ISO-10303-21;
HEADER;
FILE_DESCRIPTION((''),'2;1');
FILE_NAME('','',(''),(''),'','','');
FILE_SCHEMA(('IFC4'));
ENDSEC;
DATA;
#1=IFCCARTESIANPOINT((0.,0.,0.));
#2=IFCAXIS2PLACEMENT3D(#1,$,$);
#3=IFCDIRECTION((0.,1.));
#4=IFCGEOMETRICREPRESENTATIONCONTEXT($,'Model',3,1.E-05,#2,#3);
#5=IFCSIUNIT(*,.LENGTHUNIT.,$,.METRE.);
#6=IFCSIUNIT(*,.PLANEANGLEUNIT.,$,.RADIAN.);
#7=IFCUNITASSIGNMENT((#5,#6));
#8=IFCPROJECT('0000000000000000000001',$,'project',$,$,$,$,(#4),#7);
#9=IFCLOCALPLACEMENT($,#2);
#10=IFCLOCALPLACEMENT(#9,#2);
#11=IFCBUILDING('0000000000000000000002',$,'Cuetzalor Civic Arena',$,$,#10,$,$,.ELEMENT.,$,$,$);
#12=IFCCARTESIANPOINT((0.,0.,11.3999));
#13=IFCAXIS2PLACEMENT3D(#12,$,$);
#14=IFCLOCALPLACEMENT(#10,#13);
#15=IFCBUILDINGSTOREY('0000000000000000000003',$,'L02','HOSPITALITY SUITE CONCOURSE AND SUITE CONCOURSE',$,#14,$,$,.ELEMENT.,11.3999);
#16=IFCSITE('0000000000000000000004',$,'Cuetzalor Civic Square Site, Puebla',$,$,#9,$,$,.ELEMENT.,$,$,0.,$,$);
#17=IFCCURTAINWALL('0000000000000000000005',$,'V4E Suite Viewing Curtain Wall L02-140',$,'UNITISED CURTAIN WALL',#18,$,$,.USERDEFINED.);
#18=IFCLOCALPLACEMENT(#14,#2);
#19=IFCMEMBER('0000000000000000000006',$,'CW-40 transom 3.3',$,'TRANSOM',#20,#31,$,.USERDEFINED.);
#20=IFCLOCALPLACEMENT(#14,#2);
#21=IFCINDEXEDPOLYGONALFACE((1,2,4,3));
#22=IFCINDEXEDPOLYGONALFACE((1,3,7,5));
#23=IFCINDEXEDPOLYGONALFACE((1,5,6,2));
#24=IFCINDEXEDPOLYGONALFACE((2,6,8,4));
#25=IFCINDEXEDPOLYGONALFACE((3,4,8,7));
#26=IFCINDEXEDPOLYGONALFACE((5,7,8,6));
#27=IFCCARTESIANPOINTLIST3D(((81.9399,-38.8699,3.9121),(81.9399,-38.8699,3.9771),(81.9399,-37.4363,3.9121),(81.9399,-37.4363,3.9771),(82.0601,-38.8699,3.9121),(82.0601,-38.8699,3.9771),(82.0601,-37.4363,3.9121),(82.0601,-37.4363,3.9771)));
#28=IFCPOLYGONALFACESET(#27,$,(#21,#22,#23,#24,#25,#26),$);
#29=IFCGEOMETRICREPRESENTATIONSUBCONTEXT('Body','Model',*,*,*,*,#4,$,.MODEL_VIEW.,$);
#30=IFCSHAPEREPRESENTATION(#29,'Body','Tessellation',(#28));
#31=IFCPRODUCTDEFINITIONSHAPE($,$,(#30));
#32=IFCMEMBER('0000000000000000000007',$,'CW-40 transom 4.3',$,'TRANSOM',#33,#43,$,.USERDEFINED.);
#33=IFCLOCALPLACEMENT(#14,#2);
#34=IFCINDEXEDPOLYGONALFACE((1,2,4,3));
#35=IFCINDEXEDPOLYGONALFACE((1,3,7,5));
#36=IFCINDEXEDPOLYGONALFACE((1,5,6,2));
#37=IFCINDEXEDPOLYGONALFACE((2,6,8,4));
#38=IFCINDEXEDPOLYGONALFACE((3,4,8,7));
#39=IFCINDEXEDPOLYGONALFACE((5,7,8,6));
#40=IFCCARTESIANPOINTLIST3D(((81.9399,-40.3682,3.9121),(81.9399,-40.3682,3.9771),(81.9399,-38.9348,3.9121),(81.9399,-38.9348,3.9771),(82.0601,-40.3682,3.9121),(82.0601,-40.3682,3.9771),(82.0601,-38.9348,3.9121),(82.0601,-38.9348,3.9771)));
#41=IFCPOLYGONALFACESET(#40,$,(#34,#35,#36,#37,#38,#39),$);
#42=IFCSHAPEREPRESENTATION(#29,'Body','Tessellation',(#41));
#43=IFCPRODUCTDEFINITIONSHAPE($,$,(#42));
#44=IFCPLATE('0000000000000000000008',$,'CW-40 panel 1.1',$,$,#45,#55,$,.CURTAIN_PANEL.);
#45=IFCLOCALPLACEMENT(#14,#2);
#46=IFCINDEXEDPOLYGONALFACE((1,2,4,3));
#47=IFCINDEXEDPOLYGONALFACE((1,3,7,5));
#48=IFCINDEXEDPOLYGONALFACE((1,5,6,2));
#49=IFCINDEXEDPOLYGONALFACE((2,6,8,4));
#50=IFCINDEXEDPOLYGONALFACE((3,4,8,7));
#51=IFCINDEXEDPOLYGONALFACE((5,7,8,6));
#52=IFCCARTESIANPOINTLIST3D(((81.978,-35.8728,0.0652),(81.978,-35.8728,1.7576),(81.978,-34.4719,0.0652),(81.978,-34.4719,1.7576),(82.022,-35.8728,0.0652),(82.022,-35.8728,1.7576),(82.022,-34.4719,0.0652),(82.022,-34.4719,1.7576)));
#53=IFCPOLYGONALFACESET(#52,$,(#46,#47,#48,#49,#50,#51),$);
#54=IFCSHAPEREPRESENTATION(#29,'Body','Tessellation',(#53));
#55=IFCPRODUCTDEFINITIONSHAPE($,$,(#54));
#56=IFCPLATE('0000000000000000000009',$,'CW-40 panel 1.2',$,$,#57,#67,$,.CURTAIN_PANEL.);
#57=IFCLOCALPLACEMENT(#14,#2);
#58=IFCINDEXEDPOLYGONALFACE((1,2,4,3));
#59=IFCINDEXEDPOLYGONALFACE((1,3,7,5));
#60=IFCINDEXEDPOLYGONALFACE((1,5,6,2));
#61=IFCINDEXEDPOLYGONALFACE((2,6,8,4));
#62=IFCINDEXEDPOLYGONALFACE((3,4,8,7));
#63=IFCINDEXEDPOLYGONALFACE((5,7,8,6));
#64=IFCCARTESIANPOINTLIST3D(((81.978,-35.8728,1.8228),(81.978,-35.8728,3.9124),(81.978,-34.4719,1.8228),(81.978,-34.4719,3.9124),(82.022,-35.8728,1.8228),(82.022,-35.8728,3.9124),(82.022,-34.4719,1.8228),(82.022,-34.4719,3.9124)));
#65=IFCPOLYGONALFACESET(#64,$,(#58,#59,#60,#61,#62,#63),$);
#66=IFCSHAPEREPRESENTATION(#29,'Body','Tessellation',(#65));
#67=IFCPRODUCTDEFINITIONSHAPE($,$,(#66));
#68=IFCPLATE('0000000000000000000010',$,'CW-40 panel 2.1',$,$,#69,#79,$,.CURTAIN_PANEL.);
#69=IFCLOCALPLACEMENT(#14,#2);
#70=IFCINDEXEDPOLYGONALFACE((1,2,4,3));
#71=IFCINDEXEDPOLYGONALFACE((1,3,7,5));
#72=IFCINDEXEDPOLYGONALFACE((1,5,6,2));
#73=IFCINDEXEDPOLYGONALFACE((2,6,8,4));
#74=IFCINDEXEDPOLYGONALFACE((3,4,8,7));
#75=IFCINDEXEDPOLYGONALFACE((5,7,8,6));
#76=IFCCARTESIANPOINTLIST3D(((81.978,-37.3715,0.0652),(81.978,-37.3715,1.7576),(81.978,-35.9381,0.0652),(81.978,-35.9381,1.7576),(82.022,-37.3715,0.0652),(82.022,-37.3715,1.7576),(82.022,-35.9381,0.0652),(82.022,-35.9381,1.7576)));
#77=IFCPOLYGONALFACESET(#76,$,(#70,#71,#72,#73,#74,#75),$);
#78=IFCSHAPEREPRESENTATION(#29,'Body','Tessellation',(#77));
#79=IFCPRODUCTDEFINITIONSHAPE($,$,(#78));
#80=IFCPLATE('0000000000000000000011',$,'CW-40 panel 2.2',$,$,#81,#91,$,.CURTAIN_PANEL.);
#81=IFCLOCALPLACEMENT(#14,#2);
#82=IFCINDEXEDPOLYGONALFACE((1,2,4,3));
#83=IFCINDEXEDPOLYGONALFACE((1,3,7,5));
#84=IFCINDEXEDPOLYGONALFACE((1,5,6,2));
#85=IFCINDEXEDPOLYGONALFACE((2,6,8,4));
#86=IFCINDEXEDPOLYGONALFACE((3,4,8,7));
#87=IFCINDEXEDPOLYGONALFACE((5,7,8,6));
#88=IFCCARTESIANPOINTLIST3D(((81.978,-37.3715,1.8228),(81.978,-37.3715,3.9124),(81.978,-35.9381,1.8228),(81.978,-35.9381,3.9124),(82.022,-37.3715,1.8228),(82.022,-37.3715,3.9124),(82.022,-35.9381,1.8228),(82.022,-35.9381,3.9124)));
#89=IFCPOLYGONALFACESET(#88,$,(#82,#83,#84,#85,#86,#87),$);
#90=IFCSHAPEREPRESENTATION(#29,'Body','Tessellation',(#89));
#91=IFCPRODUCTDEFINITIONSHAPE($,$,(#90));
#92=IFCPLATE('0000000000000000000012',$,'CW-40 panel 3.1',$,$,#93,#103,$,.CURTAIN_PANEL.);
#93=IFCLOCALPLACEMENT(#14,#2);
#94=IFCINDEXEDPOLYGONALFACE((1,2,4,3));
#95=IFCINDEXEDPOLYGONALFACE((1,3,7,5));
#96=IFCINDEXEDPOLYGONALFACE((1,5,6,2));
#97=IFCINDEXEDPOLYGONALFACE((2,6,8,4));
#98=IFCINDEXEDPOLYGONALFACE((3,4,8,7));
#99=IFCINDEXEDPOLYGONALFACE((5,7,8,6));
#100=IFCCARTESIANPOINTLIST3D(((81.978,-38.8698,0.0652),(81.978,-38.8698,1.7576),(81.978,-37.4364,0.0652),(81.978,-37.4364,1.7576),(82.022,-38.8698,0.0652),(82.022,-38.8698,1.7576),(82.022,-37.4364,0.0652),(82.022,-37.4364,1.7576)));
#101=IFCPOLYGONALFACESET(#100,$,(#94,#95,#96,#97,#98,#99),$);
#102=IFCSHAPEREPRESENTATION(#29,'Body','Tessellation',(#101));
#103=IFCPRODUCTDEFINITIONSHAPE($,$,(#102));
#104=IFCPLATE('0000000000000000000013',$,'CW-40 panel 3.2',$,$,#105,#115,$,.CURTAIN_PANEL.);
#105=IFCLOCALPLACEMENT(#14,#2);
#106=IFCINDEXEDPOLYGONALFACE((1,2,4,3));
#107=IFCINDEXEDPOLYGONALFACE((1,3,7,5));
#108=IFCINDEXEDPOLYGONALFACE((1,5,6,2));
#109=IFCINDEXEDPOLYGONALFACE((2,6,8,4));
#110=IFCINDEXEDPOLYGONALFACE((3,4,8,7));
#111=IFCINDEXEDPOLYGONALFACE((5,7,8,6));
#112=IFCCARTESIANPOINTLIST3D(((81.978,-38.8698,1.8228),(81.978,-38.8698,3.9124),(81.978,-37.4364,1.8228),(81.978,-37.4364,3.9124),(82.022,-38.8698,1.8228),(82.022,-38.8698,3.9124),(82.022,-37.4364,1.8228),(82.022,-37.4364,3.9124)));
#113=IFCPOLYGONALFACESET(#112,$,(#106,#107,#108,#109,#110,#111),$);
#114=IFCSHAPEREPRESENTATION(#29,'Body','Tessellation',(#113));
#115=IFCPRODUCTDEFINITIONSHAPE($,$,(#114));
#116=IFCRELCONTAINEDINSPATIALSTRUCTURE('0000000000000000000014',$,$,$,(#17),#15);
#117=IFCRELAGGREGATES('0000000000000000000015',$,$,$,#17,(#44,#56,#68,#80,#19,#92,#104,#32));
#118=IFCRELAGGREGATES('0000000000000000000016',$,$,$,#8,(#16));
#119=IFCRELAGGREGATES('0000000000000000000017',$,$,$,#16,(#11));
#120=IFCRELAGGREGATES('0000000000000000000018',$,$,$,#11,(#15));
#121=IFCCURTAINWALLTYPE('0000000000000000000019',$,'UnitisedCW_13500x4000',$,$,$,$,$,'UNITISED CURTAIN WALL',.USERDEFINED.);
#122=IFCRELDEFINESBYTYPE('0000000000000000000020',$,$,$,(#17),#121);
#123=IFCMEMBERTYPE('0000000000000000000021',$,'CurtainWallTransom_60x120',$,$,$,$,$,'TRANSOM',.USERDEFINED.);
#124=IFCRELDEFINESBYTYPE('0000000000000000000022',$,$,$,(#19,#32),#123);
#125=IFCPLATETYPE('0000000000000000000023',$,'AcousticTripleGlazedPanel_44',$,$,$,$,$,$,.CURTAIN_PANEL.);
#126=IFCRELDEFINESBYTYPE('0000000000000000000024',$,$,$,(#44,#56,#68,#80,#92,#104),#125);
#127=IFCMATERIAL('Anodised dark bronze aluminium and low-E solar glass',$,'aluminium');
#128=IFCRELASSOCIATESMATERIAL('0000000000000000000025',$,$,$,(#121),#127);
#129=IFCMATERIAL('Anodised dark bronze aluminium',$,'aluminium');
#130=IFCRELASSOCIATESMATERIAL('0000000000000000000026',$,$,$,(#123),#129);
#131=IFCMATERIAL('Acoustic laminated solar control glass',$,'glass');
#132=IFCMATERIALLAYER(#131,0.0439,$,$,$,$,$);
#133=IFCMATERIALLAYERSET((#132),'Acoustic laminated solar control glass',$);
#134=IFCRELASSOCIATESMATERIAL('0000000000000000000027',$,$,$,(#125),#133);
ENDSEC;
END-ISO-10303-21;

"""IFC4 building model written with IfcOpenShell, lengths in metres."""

from ifc_helpers import new_model, si_unit, direction, frame, origin, origin_2d, place, context, subcontext, project, spatial, rectangle, extrude, material, layer, layer_set, material_profile, profile_set, type_object, element, aggregate, save


model = new_model("IFC4")

# Units and contexts
model_context = context("Model", 3, precision=1e-05, world=origin(), true_north=direction((0.0, 1.0)))
body_context = subcontext(model_context, "Body", "Model", "MODEL_VIEW")
ifc_project = project(units=[si_unit("LENGTHUNIT", "METRE"), si_unit("PLANEANGLEUNIT", "RADIAN")], contexts=[model_context])

# Site, building, storey
site_placement = place(None, origin())
site = spatial("IfcSite", under=ifc_project, at=site_placement, Name="Cuetzalor Civic Square Site, Puebla", CompositionType="ELEMENT", RefElevation=0.0)
building_placement = place(site_placement, origin())
building = spatial("IfcBuilding", under=site, at=building_placement, Name="Cuetzalor Civic Arena", CompositionType="ELEMENT")
storey_placement = place(building_placement, frame((0.0, 0.0, 11.3999)))
storey = spatial("IfcBuildingStorey", under=building, at=storey_placement, Name="L02", Description="HOSPITALITY SUITE CONCOURSE AND SUITE CONCOURSE", CompositionType="ELEMENT", Elevation=11.3999)

# Curtain wall, members, plates
ifc_material_1 = material(Name="Anodised dark bronze aluminium and low-E solar glass", Category="aluminium")
curtain_wall_type = type_object("IfcCurtainWallType", Name="UnitisedCW_13500x4000", ElementType="UNITISED CURTAIN WALL", PredefinedType="USERDEFINED", material=ifc_material_1)
curtain_wall_placement = place(storey_placement, origin())
curtain_wall = element("IfcCurtainWall", 1, at=curtain_wall_placement, inside=storey, type_object=curtain_wall_type, Name="V4E Suite Viewing Curtain Wall L02-140", ObjectType="UNITISED CURTAIN WALL", PredefinedType="USERDEFINED")
ifc_material_2 = material(Name="Anodised dark bronze aluminium", Category="aluminium")
ifc_material_profile_1 = material_profile(ifc_material_2, rectangle(XDim=0.1201, YDim=0.0649, at=origin_2d()), Name="ALU TRANSOM 65x120")
ifc_profile_set_1 = profile_set([ifc_material_profile_1], Name="Anodised dark bronze aluminium")
member_type_1 = type_object("IfcMemberType", Name="CurtainWallTransom_60x120", ElementType="TRANSOM", PredefinedType="USERDEFINED", material=ifc_profile_set_1)
member_1_placement = place(storey_placement, frame((82.0, -37.4363, 3.9446), z_axis=(0.0, -1.0, 0.0), x_axis=(1.0, 0.0, 0.0)))
member_1 = element("IfcMember", 2, at=member_1_placement, type_object=member_type_1, Name="CW-40 transom 3.3", ObjectType="TRANSOM", PredefinedType="USERDEFINED", context=body_context, shape_type="SweptSolid", body=[
    extrude(rectangle(XDim=0.1201, YDim=0.0649, at=origin_2d()), origin(), (0.0, 0.0, 1.0), 1.4336),
])
member_2_placement = place(storey_placement, frame((82.0, -38.9348, 3.9446), z_axis=(0.0, -1.0, 0.0), x_axis=(1.0, 0.0, 0.0)))
member_2 = element("IfcMember", 3, at=member_2_placement, type_object=member_type_1, Name="CW-40 transom 4.3", ObjectType="TRANSOM", PredefinedType="USERDEFINED", context=body_context, shape_type="SweptSolid", body=[
    extrude(rectangle(XDim=0.1201, YDim=0.0649, at=origin_2d()), origin(), (0.0, 0.0, 1.0), 1.4333),
])
ifc_material_3 = material(Name="Acoustic laminated solar control glass", Category="glass")
ifc_layer = layer(ifc_material_3, 0.0439)
ifc_layer_set = layer_set([ifc_layer], Name="Acoustic laminated solar control glass")
plate_type = type_object("IfcPlateType", Name="AcousticTripleGlazedPanel_44", PredefinedType="CURTAIN_PANEL", material=ifc_layer_set)
plate_1_placement = place(storey_placement, frame((82.0, -35.1724, 0.0652), z_axis=(0.0, 0.0, 1.0), x_axis=(0.0, -1.0, 0.0)))
plate_1 = element("IfcPlate", 4, at=plate_1_placement, type_object=plate_type, Name="CW-40 panel 1.1", PredefinedType="CURTAIN_PANEL", context=body_context, shape_type="SweptSolid", body=[
    extrude(rectangle(XDim=1.4009, YDim=0.0439, at=origin_2d()), origin(), (0.0, 0.0, 1.0), 1.6924),
])
plate_2_placement = place(storey_placement, frame((82.0, -35.1724, 1.8228), z_axis=(0.0, 0.0, 1.0), x_axis=(0.0, -1.0, 0.0)))
plate_2 = element("IfcPlate", 5, at=plate_2_placement, type_object=plate_type, Name="CW-40 panel 1.2", PredefinedType="CURTAIN_PANEL", context=body_context, shape_type="SweptSolid", body=[
    extrude(rectangle(XDim=1.4009, YDim=0.0439, at=origin_2d()), origin(), (0.0, 0.0, 1.0), 2.0896),
])
plate_3_placement = place(storey_placement, frame((82.0, -36.6548, 0.0652), z_axis=(0.0, 0.0, 1.0), x_axis=(0.0, -1.0, 0.0)))
plate_3 = element("IfcPlate", 6, at=plate_3_placement, type_object=plate_type, Name="CW-40 panel 2.1", PredefinedType="CURTAIN_PANEL", context=body_context, shape_type="SweptSolid", body=[
    extrude(rectangle(XDim=1.4333, YDim=0.0439, at=origin_2d()), origin(), (0.0, 0.0, 1.0), 1.6924),
])
plate_4_placement = place(storey_placement, frame((82.0, -36.6548, 1.8228), z_axis=(0.0, 0.0, 1.0), x_axis=(0.0, -1.0, 0.0)))
plate_4 = element("IfcPlate", 7, at=plate_4_placement, type_object=plate_type, Name="CW-40 panel 2.2", PredefinedType="CURTAIN_PANEL", context=body_context, shape_type="SweptSolid", body=[
    extrude(rectangle(XDim=1.4333, YDim=0.0439, at=origin_2d()), origin(), (0.0, 0.0, 1.0), 2.0896),
])
plate_5_placement = place(storey_placement, frame((82.0, -38.1531, 0.0652), z_axis=(0.0, 0.0, 1.0), x_axis=(0.0, -1.0, 0.0)))
plate_5 = element("IfcPlate", 8, at=plate_5_placement, type_object=plate_type, Name="CW-40 panel 3.1", PredefinedType="CURTAIN_PANEL", context=body_context, shape_type="SweptSolid", body=[
    extrude(rectangle(XDim=1.4333, YDim=0.0439, at=origin_2d()), origin(), (0.0, 0.0, 1.0), 1.6924),
])
plate_6_placement = place(storey_placement, frame((82.0, -38.1531, 1.8228), z_axis=(0.0, 0.0, 1.0), x_axis=(0.0, -1.0, 0.0)))
plate_6 = element("IfcPlate", 9, at=plate_6_placement, type_object=plate_type, Name="CW-40 panel 3.2", PredefinedType="CURTAIN_PANEL", context=body_context, shape_type="SweptSolid", body=[
    extrude(rectangle(XDim=1.4333, YDim=0.0439, at=origin_2d()), origin(), (0.0, 0.0, 1.0), 2.0896),
])
aggregate(curtain_wall, [plate_1, plate_2, plate_3, plate_4, member_1, plate_5, plate_6, member_2])

save(model, "model.ifc")
